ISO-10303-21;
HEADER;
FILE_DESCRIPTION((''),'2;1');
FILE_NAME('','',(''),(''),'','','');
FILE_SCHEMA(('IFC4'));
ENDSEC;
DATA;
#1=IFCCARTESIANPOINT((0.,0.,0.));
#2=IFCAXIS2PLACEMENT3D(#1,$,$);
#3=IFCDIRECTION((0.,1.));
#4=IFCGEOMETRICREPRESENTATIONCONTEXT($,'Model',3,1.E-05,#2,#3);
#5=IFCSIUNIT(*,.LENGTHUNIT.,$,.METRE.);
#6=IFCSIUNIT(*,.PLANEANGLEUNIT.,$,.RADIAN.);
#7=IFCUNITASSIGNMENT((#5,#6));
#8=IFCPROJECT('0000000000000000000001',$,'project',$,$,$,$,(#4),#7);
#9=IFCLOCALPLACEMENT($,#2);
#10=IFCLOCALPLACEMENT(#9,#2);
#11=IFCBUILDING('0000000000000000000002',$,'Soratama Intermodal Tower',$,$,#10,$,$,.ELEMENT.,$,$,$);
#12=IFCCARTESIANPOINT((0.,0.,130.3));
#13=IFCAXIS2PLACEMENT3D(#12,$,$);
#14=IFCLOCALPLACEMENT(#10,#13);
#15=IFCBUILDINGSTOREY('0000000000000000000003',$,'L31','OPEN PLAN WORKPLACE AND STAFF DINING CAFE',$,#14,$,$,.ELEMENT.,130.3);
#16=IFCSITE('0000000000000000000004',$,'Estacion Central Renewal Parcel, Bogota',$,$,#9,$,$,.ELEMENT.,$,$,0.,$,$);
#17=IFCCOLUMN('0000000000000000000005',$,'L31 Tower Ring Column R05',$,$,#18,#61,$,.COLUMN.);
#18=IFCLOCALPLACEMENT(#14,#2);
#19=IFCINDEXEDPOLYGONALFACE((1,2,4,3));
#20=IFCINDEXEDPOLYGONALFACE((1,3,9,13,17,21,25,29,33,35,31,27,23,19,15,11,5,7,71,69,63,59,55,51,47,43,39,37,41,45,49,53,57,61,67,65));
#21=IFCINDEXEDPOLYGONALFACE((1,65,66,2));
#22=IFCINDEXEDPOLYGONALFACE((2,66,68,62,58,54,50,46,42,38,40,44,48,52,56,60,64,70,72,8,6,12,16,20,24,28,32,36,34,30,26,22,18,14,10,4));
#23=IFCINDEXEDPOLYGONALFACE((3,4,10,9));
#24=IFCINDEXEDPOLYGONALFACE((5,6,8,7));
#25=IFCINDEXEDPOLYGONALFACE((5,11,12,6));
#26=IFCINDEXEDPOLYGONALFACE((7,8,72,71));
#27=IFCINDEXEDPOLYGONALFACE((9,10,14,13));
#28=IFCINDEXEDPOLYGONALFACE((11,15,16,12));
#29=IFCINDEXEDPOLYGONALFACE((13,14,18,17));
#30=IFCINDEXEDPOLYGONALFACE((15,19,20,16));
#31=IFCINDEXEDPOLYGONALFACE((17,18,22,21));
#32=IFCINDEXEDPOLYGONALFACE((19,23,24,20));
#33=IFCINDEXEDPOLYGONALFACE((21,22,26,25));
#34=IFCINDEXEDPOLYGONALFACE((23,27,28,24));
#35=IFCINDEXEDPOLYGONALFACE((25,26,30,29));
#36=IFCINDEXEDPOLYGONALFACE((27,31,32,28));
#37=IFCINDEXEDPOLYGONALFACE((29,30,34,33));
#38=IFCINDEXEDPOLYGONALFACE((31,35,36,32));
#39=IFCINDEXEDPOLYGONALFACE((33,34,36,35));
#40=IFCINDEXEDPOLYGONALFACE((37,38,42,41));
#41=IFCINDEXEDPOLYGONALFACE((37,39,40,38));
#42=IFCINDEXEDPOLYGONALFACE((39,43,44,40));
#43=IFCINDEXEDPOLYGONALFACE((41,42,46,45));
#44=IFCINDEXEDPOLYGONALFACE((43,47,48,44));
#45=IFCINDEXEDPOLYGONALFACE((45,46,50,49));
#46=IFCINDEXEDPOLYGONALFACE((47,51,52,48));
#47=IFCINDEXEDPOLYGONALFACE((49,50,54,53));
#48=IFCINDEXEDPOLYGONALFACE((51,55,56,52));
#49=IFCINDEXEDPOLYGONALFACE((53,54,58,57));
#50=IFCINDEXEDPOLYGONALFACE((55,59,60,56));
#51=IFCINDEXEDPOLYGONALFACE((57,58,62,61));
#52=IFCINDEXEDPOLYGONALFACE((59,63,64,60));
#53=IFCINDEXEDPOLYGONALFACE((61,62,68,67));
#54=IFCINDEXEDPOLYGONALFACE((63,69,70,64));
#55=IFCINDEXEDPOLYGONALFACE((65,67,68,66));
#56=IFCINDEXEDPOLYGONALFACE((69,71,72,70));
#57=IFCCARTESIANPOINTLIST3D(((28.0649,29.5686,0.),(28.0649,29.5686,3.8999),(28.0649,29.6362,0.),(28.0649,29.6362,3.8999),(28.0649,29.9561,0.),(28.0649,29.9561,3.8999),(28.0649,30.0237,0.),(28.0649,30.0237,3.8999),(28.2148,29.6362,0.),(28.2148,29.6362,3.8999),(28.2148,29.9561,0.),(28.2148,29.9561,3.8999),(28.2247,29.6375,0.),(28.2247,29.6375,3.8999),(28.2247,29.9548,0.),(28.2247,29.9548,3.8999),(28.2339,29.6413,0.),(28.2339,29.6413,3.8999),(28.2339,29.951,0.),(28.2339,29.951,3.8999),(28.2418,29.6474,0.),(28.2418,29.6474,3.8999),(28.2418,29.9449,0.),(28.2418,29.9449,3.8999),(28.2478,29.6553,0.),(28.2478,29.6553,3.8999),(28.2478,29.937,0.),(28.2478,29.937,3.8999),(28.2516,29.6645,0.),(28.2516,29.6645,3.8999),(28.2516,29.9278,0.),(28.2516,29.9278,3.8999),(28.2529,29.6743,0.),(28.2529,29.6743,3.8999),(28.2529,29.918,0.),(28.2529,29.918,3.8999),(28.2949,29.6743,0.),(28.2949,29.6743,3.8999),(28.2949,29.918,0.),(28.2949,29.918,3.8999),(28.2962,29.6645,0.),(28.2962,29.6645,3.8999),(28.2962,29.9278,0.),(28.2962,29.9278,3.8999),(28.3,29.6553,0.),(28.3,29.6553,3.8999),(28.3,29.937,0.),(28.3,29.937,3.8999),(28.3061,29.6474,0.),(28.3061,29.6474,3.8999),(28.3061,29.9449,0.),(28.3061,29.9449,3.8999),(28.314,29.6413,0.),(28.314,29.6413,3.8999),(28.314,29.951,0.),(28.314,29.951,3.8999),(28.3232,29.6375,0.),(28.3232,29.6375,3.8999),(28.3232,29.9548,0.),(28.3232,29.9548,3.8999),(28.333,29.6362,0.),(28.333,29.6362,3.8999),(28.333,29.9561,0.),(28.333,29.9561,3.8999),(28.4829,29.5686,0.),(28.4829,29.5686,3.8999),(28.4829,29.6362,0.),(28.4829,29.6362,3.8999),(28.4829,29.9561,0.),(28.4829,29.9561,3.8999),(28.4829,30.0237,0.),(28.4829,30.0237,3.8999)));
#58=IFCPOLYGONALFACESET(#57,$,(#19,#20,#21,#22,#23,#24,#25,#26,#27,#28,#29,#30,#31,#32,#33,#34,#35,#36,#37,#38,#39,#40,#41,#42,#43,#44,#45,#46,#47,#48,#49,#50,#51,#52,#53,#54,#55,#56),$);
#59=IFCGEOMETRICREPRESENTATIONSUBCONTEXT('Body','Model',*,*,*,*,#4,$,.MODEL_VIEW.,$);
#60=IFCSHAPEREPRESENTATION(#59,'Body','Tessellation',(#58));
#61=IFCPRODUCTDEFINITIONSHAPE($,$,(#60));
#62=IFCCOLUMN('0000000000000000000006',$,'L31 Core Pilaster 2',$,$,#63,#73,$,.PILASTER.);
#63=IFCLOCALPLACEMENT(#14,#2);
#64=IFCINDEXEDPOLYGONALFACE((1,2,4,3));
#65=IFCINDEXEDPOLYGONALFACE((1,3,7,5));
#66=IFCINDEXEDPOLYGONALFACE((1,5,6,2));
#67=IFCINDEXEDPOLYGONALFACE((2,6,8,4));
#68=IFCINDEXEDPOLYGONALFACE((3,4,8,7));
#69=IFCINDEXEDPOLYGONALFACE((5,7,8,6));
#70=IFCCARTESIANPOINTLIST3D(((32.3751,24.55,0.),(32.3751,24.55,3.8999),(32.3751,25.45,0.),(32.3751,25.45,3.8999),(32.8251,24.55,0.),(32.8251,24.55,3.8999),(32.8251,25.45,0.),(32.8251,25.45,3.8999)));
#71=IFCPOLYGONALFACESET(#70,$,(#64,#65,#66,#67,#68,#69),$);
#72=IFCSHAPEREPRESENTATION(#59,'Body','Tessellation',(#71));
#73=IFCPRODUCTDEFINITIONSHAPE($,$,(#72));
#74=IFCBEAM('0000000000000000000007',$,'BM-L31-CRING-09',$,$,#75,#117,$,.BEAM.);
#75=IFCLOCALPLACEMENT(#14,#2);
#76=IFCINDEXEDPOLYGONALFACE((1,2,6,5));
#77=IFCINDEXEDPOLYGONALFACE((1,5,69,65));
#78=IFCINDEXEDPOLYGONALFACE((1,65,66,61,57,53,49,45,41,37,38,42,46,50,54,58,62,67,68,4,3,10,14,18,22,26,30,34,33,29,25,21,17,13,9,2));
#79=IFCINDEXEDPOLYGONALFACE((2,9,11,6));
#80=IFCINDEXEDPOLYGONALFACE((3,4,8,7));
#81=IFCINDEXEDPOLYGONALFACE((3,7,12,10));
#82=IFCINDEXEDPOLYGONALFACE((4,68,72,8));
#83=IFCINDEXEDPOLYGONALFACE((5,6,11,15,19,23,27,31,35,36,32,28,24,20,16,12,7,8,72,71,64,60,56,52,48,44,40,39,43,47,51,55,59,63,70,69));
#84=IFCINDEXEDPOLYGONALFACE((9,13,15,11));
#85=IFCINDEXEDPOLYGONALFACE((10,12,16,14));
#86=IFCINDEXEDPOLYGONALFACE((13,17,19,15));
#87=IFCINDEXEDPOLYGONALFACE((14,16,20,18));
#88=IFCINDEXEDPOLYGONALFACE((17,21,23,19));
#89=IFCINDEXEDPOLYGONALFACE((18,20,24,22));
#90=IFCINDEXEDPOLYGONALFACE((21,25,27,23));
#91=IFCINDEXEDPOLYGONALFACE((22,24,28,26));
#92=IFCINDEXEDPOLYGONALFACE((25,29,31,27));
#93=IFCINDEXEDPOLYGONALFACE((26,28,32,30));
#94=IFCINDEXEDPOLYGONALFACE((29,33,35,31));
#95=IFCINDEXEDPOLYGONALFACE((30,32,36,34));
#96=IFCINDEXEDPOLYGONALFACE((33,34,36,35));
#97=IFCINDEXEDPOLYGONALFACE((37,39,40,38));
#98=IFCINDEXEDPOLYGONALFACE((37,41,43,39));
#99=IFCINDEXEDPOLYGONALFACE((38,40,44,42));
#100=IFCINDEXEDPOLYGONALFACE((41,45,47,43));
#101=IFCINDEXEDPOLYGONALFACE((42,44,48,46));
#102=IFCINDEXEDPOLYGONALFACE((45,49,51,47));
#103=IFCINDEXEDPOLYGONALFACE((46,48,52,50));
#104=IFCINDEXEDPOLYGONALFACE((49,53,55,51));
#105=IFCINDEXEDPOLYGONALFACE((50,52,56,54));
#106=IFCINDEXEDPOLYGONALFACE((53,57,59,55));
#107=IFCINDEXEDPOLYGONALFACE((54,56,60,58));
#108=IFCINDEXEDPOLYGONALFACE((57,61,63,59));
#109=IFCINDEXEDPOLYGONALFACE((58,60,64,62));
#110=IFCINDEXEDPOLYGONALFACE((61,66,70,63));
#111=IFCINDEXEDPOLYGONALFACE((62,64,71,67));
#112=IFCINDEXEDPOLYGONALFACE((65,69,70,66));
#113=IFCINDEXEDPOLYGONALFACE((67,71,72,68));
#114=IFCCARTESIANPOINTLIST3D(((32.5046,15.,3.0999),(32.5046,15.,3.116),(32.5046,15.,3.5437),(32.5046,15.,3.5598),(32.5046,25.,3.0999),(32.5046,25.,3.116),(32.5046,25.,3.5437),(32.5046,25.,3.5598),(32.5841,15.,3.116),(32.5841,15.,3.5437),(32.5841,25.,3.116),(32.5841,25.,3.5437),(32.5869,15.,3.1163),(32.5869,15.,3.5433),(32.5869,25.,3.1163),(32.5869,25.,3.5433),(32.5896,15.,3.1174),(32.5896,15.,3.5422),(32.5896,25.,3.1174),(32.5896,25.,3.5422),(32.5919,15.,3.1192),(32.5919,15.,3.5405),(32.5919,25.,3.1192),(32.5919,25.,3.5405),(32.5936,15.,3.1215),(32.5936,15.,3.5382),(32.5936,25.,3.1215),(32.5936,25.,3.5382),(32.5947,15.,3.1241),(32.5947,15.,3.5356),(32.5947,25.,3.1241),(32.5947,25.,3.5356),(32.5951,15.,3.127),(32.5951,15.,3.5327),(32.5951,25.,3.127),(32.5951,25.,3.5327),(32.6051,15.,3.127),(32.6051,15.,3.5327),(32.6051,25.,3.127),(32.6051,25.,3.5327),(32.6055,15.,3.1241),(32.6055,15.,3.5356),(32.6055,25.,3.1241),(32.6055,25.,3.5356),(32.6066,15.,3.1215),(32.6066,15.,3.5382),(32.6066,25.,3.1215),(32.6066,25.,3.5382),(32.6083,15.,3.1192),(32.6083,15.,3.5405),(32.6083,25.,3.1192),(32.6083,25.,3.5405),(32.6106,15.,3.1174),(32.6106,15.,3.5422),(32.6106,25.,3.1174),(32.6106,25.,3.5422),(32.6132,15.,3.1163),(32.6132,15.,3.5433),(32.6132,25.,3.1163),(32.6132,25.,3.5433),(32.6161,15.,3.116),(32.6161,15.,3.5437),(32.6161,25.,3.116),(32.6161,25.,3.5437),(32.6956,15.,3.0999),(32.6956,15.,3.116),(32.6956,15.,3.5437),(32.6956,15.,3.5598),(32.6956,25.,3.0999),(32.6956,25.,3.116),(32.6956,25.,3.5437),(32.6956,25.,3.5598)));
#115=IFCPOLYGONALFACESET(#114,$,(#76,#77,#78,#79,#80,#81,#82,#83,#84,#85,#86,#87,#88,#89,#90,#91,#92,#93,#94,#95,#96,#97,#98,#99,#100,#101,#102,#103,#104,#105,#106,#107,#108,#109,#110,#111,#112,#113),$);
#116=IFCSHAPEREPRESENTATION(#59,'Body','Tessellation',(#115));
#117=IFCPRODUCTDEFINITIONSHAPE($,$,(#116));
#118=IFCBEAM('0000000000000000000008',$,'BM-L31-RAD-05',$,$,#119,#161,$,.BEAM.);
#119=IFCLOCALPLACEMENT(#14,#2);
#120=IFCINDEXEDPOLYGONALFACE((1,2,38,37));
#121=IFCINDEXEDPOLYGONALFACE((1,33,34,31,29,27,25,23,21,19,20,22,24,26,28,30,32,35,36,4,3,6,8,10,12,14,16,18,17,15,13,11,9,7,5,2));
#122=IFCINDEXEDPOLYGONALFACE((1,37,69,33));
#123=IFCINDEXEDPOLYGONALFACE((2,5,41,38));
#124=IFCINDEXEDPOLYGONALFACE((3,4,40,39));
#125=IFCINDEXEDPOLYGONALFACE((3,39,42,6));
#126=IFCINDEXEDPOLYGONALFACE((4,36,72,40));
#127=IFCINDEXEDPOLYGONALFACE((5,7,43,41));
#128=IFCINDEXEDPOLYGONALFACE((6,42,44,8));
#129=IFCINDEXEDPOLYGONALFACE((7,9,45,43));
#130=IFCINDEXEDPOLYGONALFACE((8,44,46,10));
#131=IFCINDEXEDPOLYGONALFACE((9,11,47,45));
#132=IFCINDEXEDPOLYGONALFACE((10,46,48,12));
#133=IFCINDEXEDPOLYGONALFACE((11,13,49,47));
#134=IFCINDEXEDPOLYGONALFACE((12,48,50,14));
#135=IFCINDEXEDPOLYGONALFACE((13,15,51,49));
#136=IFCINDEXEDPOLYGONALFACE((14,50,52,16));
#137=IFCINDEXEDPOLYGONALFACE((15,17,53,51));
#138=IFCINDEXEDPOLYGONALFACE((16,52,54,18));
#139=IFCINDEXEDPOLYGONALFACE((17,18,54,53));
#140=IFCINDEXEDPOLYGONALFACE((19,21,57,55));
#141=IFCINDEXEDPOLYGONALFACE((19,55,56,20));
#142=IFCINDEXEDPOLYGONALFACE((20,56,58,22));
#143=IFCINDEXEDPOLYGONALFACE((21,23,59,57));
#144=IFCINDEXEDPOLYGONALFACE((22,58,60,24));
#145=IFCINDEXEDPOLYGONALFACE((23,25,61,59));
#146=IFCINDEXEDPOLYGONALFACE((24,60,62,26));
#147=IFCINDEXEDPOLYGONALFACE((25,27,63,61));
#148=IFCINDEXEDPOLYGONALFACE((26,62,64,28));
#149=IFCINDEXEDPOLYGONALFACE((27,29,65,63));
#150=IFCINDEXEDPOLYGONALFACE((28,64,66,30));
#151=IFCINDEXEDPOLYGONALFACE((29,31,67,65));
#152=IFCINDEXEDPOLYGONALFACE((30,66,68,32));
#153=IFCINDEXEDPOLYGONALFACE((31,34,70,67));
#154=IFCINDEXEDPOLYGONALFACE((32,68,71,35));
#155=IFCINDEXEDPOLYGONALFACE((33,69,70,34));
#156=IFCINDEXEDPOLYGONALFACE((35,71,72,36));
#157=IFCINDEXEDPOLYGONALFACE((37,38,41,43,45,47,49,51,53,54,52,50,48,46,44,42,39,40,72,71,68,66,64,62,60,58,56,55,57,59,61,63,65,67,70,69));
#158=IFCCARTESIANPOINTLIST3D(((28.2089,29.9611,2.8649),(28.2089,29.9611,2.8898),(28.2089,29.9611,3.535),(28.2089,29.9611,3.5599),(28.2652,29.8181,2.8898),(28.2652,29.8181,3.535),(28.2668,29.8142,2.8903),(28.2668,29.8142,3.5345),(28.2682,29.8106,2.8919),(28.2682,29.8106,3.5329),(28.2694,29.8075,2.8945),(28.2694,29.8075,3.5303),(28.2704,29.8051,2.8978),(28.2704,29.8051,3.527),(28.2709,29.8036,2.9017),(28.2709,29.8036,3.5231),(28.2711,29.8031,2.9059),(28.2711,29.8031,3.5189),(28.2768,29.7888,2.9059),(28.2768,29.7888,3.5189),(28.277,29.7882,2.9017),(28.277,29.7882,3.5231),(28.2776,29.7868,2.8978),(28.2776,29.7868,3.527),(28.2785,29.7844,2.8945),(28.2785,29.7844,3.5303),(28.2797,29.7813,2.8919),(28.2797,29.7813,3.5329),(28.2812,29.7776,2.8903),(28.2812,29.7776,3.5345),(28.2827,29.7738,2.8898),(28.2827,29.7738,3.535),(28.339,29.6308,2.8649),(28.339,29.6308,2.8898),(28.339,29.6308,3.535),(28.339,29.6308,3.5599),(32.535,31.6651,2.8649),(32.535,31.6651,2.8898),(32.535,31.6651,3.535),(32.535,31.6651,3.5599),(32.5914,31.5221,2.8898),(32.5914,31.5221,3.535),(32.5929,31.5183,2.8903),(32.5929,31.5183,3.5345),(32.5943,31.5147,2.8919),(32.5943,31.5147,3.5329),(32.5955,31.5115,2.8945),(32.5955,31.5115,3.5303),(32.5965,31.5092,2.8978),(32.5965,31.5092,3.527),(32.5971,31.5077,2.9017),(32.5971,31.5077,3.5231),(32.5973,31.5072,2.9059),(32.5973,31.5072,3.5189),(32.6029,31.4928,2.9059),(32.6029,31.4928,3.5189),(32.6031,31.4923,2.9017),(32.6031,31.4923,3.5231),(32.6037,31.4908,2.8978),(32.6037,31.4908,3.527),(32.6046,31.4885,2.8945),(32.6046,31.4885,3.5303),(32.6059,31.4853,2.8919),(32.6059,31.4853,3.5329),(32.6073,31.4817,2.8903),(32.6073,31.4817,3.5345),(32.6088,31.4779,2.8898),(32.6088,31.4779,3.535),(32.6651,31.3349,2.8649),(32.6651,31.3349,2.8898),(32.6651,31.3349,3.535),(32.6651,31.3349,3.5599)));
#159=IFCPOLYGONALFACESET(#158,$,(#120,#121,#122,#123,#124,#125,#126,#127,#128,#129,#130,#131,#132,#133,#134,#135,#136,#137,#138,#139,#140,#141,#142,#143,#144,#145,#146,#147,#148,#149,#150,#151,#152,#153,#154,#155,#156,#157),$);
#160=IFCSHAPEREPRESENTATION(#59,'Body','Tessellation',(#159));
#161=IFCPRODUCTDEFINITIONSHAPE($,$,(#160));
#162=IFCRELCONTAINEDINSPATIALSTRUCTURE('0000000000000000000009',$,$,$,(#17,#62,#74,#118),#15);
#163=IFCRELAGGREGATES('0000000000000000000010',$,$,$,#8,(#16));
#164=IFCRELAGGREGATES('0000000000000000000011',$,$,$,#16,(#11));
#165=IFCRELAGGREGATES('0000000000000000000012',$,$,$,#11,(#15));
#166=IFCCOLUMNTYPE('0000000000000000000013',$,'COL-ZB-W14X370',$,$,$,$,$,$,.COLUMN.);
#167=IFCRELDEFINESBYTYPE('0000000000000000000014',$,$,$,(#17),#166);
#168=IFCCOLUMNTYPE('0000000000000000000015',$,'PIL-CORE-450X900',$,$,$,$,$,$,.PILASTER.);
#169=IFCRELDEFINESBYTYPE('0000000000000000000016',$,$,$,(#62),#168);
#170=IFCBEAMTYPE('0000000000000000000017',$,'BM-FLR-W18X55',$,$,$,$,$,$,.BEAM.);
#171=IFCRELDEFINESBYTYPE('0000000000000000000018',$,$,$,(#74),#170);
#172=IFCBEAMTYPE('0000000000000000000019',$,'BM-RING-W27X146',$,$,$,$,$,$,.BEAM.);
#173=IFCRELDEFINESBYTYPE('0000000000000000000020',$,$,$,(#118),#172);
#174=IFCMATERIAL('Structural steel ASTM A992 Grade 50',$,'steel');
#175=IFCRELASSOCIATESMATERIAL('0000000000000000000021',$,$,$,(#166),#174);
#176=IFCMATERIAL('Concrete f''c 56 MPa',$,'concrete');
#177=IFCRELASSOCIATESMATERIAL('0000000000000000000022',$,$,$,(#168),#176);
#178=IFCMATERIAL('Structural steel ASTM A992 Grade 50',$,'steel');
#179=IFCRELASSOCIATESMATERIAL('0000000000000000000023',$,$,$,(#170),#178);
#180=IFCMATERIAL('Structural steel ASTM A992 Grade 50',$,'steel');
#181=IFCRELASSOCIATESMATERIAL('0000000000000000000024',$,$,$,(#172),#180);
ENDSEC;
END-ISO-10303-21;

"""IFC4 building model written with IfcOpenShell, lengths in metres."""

from ifc_helpers import new_model, si_unit, direction, frame, origin, origin_2d, place, context, subcontext, project, spatial, rectangle, i_section, extrude, material, material_profile, profile_set, type_object, element, save


model = new_model("IFC4")

# Units and contexts
model_context = context("Model", 3, precision=1e-05, world=origin(), true_north=direction((0.0, 1.0)))
body_context = subcontext(model_context, "Body", "Model", "MODEL_VIEW")
ifc_project = project(units=[si_unit("LENGTHUNIT", "METRE"), si_unit("PLANEANGLEUNIT", "RADIAN")], contexts=[model_context])

# Site, building, storey
site_placement = place(None, origin())
site = spatial("IfcSite", under=ifc_project, at=site_placement, Name="Estacion Central Renewal Parcel, Bogota", CompositionType="ELEMENT", RefElevation=0.0)
building_placement = place(site_placement, origin())
building = spatial("IfcBuilding", under=site, at=building_placement, Name="Soratama Intermodal Tower", CompositionType="ELEMENT")
storey_placement = place(building_placement, frame((0.0, 0.0, 130.3)))
storey = spatial("IfcBuildingStorey", under=building, at=storey_placement, Name="L31", Description="OPEN PLAN WORKPLACE AND STAFF DINING CAFE", CompositionType="ELEMENT", Elevation=130.3)

# Columns
ifc_material_1 = material(Name="Structural steel ASTM A992 Grade 50", Category="steel")
ifc_material_profile_1 = material_profile(ifc_material_1, i_section(OverallWidth=0.418, OverallDepth=0.4551, WebThickness=0.042, FlangeThickness=0.0676, FilletRadius=0.0381, at=origin_2d()), Name="W14X370")
ifc_profile_set_1 = profile_set([ifc_material_profile_1], Name="Structural steel ASTM A992 Grade 50")
column_type_1 = type_object("IfcColumnType", Name="COL-ZB-W14X370", PredefinedType="COLUMN", material=ifc_profile_set_1)
column_1_placement = place(storey_placement, frame((28.2739, 29.7961, 0.0), z_axis=(0.0, 0.0, 1.0), x_axis=(1.0, 0.0, 0.0)))
element("IfcColumn", 1, at=column_1_placement, inside=storey, type_object=column_type_1, Name="L31 Tower Ring Column R05", PredefinedType="COLUMN", context=body_context, shape_type="SweptSolid", body=[
    extrude(i_section(OverallWidth=0.418, OverallDepth=0.4551, WebThickness=0.042, FlangeThickness=0.0676, FilletRadius=0.0381, at=origin_2d()), origin(), (0.0, 0.0, 1.0), 3.8999),
])
ifc_material_2 = material(Name="Concrete f'c 56 MPa", Category="concrete")
ifc_material_profile_2 = material_profile(ifc_material_2, rectangle(XDim=0.45, YDim=0.8999, at=origin_2d()), Name="RC450X900")
ifc_profile_set_2 = profile_set([ifc_material_profile_2], Name="Concrete f'c 56 MPa")
column_type_2 = type_object("IfcColumnType", Name="PIL-CORE-450X900", PredefinedType="PILASTER", material=ifc_profile_set_2)
column_2_placement = place(storey_placement, frame((32.6001, 25.0, 0.0), z_axis=(0.0, 0.0, 1.0), x_axis=(1.0, 0.0, 0.0)))
element("IfcColumn", 2, at=column_2_placement, inside=storey, type_object=column_type_2, Name="L31 Core Pilaster 2", PredefinedType="PILASTER", context=body_context, shape_type="SweptSolid", body=[
    extrude(rectangle(XDim=0.45, YDim=0.8999, at=origin_2d()), origin(), (0.0, 0.0, 1.0), 3.8999),
])

# Beams
ifc_material_3 = material(Name="Structural steel ASTM A992 Grade 50", Category="steel")
ifc_material_profile_3 = material_profile(ifc_material_3, i_section(OverallWidth=0.1909, OverallDepth=0.46, WebThickness=0.01, FlangeThickness=0.0161, FilletRadius=0.011, at=origin_2d()), Name="W18X55")
ifc_profile_set_3 = profile_set([ifc_material_profile_3], Name="Structural steel ASTM A992 Grade 50")
beam_type_1 = type_object("IfcBeamType", Name="BM-FLR-W18X55", PredefinedType="BEAM", material=ifc_profile_set_3)
beam_1_placement = place(storey_placement, frame((32.6001, 25.0, 3.3298), z_axis=(0.0, -1.0, 0.0), x_axis=(1.0, 0.0, 0.0)))
element("IfcBeam", 3, at=beam_1_placement, inside=storey, type_object=beam_type_1, Name="BM-L31-CRING-09", PredefinedType="BEAM", context=body_context, shape_type="SweptSolid", body=[
    extrude(i_section(OverallWidth=0.1909, OverallDepth=0.46, WebThickness=0.01, FlangeThickness=0.0161, FilletRadius=0.011, at=origin_2d()), origin(), (0.0, 0.0, 1.0), 10.0),
])
ifc_material_4 = material(Name="Structural steel ASTM A992 Grade 50", Category="steel")
ifc_material_profile_4 = material_profile(ifc_material_4, i_section(OverallWidth=0.355, OverallDepth=0.6951, WebThickness=0.0154, FlangeThickness=0.0249, FilletRadius=0.0161, at=origin_2d()), Name="W27X146")
ifc_profile_set_4 = profile_set([ifc_material_profile_4], Name="Structural steel ASTM A992 Grade 50")
beam_type_2 = type_object("IfcBeamType", Name="BM-RING-W27X146", PredefinedType="BEAM", material=ifc_profile_set_4)
beam_2_placement = place(storey_placement, frame((32.6001, 31.5, 3.2124), z_axis=(-0.930419, -0.366497, 0.0), x_axis=(0.366497, -0.930419, 0.0)))
element("IfcBeam", 4, at=beam_2_placement, inside=storey, type_object=beam_type_2, Name="BM-L31-RAD-05", PredefinedType="BEAM", context=body_context, shape_type="SweptSolid", body=[
    extrude(i_section(OverallWidth=0.355, OverallDepth=0.6951, WebThickness=0.0154, FlangeThickness=0.0249, FilletRadius=0.0161, at=origin_2d()), origin(), (0.0, 0.0, 1.0), 4.6497),
])

save(model, "model.ifc")
